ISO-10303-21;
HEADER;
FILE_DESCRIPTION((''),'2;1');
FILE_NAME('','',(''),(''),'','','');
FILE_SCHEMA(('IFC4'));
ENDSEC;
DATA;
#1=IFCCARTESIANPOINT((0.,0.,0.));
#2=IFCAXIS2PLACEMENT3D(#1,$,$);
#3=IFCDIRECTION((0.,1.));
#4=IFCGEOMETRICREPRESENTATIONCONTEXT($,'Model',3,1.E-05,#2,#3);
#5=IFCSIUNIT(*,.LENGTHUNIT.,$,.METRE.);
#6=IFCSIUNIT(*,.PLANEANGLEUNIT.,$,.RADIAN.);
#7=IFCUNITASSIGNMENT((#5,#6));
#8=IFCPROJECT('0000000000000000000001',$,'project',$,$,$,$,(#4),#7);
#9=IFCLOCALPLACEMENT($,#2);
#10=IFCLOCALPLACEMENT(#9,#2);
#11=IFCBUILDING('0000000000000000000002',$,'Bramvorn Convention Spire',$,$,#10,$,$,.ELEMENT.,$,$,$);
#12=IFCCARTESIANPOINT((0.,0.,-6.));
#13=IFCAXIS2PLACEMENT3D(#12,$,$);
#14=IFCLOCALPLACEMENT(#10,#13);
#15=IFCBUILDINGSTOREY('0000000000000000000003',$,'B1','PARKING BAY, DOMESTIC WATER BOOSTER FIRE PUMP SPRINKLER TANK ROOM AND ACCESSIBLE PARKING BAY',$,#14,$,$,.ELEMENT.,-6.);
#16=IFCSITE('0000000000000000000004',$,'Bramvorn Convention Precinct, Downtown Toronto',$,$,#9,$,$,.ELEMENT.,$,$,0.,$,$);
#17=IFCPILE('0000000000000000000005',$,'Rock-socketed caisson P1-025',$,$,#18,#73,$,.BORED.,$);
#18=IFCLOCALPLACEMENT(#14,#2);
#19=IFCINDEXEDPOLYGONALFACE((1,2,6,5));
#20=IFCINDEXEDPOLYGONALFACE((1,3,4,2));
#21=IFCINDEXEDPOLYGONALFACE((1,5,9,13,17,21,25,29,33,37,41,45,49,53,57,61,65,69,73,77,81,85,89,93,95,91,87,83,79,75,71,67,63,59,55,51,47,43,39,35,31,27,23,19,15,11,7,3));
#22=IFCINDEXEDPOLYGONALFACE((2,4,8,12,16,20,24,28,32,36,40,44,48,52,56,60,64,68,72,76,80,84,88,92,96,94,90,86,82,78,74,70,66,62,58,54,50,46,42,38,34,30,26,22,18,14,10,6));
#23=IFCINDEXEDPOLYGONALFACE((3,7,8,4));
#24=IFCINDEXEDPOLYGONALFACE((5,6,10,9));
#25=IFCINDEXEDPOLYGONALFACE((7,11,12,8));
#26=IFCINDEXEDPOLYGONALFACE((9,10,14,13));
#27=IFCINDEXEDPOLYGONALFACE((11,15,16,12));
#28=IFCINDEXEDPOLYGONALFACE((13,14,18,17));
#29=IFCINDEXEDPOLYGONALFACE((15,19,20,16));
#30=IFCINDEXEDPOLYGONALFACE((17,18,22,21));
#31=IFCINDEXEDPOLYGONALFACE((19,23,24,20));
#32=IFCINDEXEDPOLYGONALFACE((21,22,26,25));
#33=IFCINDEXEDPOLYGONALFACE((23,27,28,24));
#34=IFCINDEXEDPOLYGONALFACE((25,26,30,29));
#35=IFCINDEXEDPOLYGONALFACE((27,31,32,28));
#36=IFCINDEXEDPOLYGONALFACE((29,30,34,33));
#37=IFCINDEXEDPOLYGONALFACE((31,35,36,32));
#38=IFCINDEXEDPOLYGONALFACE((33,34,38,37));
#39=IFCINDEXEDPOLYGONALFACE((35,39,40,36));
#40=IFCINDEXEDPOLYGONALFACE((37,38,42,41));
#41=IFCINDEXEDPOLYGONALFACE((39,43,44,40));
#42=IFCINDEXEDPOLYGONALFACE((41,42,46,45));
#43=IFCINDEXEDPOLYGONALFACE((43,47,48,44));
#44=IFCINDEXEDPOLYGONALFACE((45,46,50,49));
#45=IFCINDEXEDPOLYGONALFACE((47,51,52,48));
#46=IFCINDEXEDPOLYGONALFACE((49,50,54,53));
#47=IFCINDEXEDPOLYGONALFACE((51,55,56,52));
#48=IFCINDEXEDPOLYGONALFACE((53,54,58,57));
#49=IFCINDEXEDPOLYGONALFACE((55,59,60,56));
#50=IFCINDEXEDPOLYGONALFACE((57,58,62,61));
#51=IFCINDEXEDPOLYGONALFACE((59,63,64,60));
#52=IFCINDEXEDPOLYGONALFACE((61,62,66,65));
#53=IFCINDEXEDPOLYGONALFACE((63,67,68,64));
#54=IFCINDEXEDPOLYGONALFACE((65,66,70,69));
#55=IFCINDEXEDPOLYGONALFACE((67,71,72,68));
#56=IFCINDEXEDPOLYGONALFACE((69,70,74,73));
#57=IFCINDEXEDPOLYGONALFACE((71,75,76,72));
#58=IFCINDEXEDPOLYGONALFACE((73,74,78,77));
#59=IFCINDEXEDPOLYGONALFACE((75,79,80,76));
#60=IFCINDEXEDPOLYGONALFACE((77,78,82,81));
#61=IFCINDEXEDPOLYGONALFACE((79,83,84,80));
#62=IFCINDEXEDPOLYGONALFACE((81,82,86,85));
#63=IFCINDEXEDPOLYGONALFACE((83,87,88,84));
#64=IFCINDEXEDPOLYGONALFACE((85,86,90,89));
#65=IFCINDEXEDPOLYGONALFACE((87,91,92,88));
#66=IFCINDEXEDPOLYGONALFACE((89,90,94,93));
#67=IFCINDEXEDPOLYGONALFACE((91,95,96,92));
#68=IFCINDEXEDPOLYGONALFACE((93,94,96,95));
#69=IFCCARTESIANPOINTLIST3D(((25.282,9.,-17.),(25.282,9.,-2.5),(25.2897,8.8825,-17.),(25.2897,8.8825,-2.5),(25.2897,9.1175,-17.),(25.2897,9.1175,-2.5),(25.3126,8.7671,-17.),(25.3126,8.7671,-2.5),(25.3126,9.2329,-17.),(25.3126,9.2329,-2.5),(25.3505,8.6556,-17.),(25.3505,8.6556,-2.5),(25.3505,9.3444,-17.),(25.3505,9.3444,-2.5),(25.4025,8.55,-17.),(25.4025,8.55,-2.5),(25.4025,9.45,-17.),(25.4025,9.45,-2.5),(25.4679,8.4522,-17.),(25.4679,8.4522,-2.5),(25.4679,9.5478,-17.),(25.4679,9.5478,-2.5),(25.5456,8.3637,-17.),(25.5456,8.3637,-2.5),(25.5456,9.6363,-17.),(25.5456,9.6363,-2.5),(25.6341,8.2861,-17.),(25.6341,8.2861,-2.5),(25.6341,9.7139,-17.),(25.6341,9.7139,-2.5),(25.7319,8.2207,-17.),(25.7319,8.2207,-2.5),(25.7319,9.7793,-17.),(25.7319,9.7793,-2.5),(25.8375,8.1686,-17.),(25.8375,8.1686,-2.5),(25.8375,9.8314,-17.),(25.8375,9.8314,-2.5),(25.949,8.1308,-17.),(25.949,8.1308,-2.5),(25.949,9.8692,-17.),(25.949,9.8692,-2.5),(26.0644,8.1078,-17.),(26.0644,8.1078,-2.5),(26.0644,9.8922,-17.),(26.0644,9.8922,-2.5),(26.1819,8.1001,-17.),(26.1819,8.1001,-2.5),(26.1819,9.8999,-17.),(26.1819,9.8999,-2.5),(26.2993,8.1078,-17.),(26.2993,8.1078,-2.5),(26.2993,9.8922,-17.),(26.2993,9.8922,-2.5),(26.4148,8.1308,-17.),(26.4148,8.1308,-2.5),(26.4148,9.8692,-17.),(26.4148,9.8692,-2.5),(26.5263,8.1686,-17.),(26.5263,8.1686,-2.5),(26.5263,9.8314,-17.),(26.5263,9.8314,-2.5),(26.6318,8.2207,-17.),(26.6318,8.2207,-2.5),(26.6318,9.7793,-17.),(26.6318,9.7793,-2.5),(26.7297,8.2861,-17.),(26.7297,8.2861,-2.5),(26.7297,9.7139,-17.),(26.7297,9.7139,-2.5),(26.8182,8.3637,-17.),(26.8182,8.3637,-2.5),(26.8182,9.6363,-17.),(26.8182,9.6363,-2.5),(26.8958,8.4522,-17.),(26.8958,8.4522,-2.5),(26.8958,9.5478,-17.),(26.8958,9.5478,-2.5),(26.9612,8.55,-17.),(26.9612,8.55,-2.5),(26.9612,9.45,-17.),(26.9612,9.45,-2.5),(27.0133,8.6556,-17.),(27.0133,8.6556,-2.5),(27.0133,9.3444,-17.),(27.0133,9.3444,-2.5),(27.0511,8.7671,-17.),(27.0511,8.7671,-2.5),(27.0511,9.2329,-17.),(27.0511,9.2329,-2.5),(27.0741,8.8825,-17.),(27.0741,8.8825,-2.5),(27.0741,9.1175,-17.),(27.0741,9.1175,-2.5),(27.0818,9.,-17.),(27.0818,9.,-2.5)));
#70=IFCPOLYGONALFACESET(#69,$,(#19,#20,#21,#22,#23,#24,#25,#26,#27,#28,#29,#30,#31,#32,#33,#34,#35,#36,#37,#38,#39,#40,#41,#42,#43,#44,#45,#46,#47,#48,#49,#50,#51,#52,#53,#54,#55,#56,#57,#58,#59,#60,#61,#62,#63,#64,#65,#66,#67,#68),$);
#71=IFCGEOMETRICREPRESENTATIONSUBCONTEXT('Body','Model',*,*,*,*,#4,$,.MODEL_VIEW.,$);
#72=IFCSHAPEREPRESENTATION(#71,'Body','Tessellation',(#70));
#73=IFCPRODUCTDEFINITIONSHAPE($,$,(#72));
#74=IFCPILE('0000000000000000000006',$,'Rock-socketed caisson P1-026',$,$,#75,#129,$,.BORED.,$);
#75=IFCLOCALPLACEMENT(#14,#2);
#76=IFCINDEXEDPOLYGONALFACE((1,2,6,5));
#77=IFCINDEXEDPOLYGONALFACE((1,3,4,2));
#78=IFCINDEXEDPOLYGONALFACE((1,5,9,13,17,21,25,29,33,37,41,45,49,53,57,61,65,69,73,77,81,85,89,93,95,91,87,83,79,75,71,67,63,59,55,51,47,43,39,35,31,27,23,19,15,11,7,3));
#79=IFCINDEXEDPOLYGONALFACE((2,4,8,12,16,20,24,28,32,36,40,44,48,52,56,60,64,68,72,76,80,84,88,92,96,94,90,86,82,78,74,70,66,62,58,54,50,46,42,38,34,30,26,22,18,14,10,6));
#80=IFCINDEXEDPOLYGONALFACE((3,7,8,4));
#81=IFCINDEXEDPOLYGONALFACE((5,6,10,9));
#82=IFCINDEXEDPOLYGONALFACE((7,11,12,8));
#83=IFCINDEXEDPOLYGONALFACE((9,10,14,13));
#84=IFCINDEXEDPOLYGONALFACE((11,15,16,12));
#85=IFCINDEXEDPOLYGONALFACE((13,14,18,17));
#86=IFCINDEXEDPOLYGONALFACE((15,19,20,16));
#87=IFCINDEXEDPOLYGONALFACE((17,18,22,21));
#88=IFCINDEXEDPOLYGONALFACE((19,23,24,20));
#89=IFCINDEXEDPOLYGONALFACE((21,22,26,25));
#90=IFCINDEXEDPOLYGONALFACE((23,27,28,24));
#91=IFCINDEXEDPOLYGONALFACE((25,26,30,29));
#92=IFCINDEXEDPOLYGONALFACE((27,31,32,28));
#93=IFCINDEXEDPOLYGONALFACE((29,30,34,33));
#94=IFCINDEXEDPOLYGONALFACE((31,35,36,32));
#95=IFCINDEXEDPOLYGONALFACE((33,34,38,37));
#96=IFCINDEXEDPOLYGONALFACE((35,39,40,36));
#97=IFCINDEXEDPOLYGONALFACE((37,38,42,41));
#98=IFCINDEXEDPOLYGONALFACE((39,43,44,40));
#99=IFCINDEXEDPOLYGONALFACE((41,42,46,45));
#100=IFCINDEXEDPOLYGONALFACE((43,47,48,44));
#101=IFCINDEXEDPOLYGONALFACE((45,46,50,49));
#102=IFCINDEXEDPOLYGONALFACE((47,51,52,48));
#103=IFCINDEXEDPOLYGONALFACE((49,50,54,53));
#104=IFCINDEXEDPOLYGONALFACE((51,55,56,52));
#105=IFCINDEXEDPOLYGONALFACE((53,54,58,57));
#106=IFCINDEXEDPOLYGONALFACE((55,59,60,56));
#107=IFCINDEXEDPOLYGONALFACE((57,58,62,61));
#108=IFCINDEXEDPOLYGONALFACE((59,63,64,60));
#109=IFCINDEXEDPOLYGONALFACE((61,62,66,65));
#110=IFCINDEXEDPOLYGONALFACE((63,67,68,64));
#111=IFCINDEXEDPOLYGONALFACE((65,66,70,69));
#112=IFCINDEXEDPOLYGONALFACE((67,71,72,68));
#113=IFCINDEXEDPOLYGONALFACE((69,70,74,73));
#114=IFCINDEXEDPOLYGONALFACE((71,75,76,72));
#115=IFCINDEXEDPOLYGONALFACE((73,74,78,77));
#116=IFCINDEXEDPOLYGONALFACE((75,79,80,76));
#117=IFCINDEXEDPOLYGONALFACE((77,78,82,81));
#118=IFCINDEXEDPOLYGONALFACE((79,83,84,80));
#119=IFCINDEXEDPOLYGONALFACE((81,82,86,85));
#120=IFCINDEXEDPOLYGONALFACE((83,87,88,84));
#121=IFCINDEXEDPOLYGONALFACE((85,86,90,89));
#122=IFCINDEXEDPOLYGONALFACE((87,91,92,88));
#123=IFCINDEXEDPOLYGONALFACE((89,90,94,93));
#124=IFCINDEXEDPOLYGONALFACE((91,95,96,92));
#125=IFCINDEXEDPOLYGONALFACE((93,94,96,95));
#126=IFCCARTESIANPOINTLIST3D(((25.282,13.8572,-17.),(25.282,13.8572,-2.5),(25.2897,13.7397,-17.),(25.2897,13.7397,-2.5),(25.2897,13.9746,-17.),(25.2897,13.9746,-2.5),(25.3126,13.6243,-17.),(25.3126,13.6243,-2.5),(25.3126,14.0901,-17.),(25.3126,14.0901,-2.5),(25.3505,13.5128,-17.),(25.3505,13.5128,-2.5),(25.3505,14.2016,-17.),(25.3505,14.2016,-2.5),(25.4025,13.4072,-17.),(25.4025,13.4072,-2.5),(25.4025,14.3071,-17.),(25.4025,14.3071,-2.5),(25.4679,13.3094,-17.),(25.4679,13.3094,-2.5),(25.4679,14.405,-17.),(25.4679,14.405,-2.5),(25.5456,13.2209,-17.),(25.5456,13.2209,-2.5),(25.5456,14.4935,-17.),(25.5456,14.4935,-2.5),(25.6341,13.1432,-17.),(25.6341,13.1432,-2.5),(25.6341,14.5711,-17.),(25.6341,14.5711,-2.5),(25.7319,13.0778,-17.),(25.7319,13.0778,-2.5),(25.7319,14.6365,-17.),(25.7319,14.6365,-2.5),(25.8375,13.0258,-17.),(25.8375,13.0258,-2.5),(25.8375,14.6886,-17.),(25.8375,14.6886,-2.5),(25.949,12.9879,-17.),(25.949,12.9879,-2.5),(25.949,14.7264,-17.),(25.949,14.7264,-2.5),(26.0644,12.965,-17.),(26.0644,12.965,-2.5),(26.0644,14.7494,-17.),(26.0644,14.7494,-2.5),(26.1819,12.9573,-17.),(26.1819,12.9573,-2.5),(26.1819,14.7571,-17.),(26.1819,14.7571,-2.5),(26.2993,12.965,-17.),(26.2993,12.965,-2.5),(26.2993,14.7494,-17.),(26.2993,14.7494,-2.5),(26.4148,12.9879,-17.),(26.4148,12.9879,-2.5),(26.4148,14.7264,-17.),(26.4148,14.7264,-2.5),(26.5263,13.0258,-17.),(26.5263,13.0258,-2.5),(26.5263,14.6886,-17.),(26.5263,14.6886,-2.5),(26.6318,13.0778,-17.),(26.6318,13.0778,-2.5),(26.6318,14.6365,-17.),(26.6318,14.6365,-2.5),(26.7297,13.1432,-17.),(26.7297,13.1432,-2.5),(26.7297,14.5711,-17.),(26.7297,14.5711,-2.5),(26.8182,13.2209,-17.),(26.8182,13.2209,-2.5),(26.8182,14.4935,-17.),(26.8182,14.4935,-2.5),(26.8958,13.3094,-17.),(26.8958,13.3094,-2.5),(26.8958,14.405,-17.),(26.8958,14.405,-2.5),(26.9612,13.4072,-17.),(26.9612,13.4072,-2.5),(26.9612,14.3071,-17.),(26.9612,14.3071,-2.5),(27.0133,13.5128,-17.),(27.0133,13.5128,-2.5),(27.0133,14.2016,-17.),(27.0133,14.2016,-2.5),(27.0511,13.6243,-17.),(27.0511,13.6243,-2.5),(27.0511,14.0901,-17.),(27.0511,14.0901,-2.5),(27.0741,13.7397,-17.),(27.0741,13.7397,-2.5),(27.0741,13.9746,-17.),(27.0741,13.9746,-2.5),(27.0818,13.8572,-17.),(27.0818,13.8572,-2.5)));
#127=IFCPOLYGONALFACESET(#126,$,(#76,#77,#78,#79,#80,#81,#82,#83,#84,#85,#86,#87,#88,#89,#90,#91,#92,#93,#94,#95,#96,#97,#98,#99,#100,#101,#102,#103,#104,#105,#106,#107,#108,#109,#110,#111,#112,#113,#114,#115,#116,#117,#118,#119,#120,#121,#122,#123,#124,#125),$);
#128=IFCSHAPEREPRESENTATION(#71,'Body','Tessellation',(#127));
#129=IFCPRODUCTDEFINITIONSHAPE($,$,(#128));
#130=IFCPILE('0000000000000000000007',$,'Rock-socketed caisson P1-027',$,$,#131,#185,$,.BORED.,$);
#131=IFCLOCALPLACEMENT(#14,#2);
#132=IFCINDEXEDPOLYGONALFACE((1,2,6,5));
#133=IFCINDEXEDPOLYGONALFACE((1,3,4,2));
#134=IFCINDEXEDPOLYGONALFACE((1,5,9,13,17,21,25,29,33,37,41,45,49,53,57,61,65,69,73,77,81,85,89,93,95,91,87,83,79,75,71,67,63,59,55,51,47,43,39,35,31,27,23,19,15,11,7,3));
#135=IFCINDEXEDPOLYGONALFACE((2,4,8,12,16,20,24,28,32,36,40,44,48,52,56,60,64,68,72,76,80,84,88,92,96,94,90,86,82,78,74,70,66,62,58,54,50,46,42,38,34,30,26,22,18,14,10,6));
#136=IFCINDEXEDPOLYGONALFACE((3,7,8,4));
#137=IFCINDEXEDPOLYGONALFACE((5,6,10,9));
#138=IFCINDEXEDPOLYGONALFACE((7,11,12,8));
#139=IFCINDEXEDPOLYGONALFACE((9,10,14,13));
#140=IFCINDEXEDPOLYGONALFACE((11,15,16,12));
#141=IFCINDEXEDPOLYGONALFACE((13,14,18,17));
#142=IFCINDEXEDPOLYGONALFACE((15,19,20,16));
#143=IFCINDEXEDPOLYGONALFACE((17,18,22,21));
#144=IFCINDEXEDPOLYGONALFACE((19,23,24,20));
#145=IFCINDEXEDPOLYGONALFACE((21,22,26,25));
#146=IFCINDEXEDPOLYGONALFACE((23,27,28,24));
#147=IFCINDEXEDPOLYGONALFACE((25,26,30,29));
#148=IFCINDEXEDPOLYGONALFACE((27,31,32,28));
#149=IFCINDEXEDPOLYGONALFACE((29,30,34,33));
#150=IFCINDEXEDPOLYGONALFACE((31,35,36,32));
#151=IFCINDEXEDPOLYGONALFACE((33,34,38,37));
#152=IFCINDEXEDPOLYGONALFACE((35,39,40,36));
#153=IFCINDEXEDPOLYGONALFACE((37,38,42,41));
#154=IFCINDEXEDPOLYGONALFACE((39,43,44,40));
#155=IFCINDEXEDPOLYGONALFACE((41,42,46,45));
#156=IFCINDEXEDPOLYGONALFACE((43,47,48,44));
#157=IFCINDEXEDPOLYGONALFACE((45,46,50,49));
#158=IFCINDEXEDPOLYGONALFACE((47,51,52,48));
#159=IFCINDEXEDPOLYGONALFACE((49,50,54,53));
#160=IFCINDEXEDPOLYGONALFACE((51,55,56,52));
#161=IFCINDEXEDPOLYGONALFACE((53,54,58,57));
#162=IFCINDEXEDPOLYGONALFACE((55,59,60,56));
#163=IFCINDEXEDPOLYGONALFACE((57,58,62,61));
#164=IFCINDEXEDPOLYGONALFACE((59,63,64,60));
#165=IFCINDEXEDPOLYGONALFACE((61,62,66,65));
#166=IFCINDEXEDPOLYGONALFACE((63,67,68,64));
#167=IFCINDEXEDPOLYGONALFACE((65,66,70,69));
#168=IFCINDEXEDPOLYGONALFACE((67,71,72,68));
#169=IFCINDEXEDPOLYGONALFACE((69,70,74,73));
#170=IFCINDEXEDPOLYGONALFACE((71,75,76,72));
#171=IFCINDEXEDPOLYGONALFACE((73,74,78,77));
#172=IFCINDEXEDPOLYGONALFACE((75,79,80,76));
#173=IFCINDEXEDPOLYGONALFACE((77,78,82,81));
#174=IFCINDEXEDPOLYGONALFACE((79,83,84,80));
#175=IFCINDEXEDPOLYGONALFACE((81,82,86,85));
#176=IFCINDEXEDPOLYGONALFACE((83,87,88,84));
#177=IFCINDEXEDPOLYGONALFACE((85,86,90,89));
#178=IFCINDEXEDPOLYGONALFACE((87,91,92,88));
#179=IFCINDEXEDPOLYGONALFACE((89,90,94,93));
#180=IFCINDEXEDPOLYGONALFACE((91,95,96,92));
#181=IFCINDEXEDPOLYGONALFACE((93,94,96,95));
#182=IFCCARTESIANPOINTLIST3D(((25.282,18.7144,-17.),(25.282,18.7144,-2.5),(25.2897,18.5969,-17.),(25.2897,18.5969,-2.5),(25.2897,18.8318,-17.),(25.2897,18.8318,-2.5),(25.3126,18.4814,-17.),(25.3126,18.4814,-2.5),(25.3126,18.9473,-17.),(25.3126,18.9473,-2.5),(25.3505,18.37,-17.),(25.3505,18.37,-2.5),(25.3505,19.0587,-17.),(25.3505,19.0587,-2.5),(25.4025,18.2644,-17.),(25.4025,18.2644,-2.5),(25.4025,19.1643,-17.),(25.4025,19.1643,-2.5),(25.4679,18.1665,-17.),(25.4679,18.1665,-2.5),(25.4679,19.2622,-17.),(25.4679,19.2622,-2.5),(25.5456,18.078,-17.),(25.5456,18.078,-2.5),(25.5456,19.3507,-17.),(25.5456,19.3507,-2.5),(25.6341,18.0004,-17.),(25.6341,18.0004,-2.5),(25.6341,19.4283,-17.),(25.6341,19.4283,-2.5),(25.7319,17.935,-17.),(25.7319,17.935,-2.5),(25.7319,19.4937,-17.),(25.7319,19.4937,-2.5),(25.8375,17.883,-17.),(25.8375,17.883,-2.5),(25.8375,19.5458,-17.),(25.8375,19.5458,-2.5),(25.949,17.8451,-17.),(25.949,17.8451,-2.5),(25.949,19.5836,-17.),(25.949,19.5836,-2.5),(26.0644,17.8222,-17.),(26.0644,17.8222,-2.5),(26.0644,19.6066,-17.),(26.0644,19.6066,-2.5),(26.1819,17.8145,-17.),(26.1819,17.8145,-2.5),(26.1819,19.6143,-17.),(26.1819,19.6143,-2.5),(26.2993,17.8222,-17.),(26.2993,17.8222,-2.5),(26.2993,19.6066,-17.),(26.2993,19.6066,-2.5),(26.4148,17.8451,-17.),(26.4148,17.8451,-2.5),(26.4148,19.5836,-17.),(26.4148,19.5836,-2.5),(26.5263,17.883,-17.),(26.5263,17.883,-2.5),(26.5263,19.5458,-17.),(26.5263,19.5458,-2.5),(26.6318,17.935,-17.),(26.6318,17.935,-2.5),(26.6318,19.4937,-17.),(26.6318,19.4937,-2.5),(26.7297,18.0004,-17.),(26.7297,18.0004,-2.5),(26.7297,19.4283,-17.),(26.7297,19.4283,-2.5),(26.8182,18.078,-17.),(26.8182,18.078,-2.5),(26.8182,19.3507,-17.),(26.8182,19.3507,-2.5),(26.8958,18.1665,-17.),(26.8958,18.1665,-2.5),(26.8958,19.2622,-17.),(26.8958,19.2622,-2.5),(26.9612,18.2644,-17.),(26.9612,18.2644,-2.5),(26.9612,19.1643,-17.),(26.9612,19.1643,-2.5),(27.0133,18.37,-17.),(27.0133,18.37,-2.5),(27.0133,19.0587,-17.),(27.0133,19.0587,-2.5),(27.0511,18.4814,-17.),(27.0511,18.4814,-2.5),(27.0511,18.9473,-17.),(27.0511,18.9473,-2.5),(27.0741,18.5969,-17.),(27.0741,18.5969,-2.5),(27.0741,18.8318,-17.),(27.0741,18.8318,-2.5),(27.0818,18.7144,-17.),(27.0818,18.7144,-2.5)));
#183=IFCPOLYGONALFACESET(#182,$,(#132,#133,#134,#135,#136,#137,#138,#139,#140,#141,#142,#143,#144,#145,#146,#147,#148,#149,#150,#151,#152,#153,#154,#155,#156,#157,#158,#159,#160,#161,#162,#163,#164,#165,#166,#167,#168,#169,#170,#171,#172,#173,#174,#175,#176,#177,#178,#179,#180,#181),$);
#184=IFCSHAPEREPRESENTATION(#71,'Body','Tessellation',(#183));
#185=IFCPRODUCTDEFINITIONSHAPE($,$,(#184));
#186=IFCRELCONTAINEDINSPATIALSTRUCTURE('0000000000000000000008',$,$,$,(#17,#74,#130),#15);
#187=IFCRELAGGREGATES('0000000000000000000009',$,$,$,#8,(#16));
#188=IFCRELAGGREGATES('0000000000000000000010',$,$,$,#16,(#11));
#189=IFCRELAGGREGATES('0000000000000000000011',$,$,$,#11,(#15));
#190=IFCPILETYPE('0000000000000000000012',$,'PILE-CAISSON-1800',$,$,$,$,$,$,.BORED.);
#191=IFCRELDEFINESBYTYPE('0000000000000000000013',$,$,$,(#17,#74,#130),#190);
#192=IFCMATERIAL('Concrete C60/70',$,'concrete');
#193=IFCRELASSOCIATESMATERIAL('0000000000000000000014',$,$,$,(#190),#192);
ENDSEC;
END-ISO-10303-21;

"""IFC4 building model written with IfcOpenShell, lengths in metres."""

from ifc_helpers import new_model, si_unit, direction, frame, origin, origin_2d, place, context, subcontext, project, spatial, circle, extrude, material, material_profile, profile_set, type_object, element, save


model = new_model("IFC4")

# Units and contexts
model_context = context("Model", 3, precision=1e-05, world=origin(), true_north=direction((0.0, 1.0)))
body_context = subcontext(model_context, "Body", "Model", "MODEL_VIEW")
ifc_project = project(units=[si_unit("LENGTHUNIT", "METRE"), si_unit("PLANEANGLEUNIT", "RADIAN")], contexts=[model_context])

# Site, building, storey
site_placement = place(None, origin())
site = spatial("IfcSite", under=ifc_project, at=site_placement, Name="Bramvorn Convention Precinct, Downtown Toronto", CompositionType="ELEMENT", RefElevation=0.0)
building_placement = place(site_placement, origin())
building = spatial("IfcBuilding", under=site, at=building_placement, Name="Bramvorn Convention Spire", CompositionType="ELEMENT")
storey_placement = place(building_placement, frame((0.0, 0.0, -6.0)))
storey = spatial("IfcBuildingStorey", under=building, at=storey_placement, Name="B1", Description="PARKING BAY, DOMESTIC WATER BOOSTER FIRE PUMP SPRINKLER TANK ROOM AND ACCESSIBLE PARKING BAY", CompositionType="ELEMENT", Elevation=-6.0)

# Piles
ifc_material_1 = material(Name="Concrete C60/70", Category="concrete")
ifc_material_profile_1 = material_profile(ifc_material_1, circle(Radius=0.8999, at=origin_2d()))
ifc_profile_set_1 = profile_set([ifc_material_profile_1], Name="Concrete C60/70 - CAISSON1800")
pile_type_1 = type_object("IfcPileType", Name="PILE-CAISSON-1800", PredefinedType="BORED", material=ifc_profile_set_1)
for number, where, z_axis, x_axis, name in (
    (1, (26.1819, 9.0, -2.5), (0.0, 0.0, -1.0), (1.0, 0.0, 0.0), "Rock-socketed caisson P1-025"),
    (2, (26.1819, 13.8572, -2.5), (0.0, 0.0, -1.0), (1.0, 0.0, 0.0), "Rock-socketed caisson P1-026"),
    (3, (26.1819, 18.7144, -2.5), (0.0, 0.0, -1.0), (1.0, 0.0, 0.0), "Rock-socketed caisson P1-027"),
):
    element("IfcPile", number, at=place(storey_placement, frame(where, z_axis=z_axis, x_axis=x_axis)), inside=storey, type_object=pile_type_1, Name=name, PredefinedType="BORED", context=body_context, shape_type="SweptSolid", body=[
        extrude(circle(Radius=0.8999, at=origin_2d()), origin(), (0.0, 0.0, 1.0), 14.5),
    ])

save(model, "model.ifc")
